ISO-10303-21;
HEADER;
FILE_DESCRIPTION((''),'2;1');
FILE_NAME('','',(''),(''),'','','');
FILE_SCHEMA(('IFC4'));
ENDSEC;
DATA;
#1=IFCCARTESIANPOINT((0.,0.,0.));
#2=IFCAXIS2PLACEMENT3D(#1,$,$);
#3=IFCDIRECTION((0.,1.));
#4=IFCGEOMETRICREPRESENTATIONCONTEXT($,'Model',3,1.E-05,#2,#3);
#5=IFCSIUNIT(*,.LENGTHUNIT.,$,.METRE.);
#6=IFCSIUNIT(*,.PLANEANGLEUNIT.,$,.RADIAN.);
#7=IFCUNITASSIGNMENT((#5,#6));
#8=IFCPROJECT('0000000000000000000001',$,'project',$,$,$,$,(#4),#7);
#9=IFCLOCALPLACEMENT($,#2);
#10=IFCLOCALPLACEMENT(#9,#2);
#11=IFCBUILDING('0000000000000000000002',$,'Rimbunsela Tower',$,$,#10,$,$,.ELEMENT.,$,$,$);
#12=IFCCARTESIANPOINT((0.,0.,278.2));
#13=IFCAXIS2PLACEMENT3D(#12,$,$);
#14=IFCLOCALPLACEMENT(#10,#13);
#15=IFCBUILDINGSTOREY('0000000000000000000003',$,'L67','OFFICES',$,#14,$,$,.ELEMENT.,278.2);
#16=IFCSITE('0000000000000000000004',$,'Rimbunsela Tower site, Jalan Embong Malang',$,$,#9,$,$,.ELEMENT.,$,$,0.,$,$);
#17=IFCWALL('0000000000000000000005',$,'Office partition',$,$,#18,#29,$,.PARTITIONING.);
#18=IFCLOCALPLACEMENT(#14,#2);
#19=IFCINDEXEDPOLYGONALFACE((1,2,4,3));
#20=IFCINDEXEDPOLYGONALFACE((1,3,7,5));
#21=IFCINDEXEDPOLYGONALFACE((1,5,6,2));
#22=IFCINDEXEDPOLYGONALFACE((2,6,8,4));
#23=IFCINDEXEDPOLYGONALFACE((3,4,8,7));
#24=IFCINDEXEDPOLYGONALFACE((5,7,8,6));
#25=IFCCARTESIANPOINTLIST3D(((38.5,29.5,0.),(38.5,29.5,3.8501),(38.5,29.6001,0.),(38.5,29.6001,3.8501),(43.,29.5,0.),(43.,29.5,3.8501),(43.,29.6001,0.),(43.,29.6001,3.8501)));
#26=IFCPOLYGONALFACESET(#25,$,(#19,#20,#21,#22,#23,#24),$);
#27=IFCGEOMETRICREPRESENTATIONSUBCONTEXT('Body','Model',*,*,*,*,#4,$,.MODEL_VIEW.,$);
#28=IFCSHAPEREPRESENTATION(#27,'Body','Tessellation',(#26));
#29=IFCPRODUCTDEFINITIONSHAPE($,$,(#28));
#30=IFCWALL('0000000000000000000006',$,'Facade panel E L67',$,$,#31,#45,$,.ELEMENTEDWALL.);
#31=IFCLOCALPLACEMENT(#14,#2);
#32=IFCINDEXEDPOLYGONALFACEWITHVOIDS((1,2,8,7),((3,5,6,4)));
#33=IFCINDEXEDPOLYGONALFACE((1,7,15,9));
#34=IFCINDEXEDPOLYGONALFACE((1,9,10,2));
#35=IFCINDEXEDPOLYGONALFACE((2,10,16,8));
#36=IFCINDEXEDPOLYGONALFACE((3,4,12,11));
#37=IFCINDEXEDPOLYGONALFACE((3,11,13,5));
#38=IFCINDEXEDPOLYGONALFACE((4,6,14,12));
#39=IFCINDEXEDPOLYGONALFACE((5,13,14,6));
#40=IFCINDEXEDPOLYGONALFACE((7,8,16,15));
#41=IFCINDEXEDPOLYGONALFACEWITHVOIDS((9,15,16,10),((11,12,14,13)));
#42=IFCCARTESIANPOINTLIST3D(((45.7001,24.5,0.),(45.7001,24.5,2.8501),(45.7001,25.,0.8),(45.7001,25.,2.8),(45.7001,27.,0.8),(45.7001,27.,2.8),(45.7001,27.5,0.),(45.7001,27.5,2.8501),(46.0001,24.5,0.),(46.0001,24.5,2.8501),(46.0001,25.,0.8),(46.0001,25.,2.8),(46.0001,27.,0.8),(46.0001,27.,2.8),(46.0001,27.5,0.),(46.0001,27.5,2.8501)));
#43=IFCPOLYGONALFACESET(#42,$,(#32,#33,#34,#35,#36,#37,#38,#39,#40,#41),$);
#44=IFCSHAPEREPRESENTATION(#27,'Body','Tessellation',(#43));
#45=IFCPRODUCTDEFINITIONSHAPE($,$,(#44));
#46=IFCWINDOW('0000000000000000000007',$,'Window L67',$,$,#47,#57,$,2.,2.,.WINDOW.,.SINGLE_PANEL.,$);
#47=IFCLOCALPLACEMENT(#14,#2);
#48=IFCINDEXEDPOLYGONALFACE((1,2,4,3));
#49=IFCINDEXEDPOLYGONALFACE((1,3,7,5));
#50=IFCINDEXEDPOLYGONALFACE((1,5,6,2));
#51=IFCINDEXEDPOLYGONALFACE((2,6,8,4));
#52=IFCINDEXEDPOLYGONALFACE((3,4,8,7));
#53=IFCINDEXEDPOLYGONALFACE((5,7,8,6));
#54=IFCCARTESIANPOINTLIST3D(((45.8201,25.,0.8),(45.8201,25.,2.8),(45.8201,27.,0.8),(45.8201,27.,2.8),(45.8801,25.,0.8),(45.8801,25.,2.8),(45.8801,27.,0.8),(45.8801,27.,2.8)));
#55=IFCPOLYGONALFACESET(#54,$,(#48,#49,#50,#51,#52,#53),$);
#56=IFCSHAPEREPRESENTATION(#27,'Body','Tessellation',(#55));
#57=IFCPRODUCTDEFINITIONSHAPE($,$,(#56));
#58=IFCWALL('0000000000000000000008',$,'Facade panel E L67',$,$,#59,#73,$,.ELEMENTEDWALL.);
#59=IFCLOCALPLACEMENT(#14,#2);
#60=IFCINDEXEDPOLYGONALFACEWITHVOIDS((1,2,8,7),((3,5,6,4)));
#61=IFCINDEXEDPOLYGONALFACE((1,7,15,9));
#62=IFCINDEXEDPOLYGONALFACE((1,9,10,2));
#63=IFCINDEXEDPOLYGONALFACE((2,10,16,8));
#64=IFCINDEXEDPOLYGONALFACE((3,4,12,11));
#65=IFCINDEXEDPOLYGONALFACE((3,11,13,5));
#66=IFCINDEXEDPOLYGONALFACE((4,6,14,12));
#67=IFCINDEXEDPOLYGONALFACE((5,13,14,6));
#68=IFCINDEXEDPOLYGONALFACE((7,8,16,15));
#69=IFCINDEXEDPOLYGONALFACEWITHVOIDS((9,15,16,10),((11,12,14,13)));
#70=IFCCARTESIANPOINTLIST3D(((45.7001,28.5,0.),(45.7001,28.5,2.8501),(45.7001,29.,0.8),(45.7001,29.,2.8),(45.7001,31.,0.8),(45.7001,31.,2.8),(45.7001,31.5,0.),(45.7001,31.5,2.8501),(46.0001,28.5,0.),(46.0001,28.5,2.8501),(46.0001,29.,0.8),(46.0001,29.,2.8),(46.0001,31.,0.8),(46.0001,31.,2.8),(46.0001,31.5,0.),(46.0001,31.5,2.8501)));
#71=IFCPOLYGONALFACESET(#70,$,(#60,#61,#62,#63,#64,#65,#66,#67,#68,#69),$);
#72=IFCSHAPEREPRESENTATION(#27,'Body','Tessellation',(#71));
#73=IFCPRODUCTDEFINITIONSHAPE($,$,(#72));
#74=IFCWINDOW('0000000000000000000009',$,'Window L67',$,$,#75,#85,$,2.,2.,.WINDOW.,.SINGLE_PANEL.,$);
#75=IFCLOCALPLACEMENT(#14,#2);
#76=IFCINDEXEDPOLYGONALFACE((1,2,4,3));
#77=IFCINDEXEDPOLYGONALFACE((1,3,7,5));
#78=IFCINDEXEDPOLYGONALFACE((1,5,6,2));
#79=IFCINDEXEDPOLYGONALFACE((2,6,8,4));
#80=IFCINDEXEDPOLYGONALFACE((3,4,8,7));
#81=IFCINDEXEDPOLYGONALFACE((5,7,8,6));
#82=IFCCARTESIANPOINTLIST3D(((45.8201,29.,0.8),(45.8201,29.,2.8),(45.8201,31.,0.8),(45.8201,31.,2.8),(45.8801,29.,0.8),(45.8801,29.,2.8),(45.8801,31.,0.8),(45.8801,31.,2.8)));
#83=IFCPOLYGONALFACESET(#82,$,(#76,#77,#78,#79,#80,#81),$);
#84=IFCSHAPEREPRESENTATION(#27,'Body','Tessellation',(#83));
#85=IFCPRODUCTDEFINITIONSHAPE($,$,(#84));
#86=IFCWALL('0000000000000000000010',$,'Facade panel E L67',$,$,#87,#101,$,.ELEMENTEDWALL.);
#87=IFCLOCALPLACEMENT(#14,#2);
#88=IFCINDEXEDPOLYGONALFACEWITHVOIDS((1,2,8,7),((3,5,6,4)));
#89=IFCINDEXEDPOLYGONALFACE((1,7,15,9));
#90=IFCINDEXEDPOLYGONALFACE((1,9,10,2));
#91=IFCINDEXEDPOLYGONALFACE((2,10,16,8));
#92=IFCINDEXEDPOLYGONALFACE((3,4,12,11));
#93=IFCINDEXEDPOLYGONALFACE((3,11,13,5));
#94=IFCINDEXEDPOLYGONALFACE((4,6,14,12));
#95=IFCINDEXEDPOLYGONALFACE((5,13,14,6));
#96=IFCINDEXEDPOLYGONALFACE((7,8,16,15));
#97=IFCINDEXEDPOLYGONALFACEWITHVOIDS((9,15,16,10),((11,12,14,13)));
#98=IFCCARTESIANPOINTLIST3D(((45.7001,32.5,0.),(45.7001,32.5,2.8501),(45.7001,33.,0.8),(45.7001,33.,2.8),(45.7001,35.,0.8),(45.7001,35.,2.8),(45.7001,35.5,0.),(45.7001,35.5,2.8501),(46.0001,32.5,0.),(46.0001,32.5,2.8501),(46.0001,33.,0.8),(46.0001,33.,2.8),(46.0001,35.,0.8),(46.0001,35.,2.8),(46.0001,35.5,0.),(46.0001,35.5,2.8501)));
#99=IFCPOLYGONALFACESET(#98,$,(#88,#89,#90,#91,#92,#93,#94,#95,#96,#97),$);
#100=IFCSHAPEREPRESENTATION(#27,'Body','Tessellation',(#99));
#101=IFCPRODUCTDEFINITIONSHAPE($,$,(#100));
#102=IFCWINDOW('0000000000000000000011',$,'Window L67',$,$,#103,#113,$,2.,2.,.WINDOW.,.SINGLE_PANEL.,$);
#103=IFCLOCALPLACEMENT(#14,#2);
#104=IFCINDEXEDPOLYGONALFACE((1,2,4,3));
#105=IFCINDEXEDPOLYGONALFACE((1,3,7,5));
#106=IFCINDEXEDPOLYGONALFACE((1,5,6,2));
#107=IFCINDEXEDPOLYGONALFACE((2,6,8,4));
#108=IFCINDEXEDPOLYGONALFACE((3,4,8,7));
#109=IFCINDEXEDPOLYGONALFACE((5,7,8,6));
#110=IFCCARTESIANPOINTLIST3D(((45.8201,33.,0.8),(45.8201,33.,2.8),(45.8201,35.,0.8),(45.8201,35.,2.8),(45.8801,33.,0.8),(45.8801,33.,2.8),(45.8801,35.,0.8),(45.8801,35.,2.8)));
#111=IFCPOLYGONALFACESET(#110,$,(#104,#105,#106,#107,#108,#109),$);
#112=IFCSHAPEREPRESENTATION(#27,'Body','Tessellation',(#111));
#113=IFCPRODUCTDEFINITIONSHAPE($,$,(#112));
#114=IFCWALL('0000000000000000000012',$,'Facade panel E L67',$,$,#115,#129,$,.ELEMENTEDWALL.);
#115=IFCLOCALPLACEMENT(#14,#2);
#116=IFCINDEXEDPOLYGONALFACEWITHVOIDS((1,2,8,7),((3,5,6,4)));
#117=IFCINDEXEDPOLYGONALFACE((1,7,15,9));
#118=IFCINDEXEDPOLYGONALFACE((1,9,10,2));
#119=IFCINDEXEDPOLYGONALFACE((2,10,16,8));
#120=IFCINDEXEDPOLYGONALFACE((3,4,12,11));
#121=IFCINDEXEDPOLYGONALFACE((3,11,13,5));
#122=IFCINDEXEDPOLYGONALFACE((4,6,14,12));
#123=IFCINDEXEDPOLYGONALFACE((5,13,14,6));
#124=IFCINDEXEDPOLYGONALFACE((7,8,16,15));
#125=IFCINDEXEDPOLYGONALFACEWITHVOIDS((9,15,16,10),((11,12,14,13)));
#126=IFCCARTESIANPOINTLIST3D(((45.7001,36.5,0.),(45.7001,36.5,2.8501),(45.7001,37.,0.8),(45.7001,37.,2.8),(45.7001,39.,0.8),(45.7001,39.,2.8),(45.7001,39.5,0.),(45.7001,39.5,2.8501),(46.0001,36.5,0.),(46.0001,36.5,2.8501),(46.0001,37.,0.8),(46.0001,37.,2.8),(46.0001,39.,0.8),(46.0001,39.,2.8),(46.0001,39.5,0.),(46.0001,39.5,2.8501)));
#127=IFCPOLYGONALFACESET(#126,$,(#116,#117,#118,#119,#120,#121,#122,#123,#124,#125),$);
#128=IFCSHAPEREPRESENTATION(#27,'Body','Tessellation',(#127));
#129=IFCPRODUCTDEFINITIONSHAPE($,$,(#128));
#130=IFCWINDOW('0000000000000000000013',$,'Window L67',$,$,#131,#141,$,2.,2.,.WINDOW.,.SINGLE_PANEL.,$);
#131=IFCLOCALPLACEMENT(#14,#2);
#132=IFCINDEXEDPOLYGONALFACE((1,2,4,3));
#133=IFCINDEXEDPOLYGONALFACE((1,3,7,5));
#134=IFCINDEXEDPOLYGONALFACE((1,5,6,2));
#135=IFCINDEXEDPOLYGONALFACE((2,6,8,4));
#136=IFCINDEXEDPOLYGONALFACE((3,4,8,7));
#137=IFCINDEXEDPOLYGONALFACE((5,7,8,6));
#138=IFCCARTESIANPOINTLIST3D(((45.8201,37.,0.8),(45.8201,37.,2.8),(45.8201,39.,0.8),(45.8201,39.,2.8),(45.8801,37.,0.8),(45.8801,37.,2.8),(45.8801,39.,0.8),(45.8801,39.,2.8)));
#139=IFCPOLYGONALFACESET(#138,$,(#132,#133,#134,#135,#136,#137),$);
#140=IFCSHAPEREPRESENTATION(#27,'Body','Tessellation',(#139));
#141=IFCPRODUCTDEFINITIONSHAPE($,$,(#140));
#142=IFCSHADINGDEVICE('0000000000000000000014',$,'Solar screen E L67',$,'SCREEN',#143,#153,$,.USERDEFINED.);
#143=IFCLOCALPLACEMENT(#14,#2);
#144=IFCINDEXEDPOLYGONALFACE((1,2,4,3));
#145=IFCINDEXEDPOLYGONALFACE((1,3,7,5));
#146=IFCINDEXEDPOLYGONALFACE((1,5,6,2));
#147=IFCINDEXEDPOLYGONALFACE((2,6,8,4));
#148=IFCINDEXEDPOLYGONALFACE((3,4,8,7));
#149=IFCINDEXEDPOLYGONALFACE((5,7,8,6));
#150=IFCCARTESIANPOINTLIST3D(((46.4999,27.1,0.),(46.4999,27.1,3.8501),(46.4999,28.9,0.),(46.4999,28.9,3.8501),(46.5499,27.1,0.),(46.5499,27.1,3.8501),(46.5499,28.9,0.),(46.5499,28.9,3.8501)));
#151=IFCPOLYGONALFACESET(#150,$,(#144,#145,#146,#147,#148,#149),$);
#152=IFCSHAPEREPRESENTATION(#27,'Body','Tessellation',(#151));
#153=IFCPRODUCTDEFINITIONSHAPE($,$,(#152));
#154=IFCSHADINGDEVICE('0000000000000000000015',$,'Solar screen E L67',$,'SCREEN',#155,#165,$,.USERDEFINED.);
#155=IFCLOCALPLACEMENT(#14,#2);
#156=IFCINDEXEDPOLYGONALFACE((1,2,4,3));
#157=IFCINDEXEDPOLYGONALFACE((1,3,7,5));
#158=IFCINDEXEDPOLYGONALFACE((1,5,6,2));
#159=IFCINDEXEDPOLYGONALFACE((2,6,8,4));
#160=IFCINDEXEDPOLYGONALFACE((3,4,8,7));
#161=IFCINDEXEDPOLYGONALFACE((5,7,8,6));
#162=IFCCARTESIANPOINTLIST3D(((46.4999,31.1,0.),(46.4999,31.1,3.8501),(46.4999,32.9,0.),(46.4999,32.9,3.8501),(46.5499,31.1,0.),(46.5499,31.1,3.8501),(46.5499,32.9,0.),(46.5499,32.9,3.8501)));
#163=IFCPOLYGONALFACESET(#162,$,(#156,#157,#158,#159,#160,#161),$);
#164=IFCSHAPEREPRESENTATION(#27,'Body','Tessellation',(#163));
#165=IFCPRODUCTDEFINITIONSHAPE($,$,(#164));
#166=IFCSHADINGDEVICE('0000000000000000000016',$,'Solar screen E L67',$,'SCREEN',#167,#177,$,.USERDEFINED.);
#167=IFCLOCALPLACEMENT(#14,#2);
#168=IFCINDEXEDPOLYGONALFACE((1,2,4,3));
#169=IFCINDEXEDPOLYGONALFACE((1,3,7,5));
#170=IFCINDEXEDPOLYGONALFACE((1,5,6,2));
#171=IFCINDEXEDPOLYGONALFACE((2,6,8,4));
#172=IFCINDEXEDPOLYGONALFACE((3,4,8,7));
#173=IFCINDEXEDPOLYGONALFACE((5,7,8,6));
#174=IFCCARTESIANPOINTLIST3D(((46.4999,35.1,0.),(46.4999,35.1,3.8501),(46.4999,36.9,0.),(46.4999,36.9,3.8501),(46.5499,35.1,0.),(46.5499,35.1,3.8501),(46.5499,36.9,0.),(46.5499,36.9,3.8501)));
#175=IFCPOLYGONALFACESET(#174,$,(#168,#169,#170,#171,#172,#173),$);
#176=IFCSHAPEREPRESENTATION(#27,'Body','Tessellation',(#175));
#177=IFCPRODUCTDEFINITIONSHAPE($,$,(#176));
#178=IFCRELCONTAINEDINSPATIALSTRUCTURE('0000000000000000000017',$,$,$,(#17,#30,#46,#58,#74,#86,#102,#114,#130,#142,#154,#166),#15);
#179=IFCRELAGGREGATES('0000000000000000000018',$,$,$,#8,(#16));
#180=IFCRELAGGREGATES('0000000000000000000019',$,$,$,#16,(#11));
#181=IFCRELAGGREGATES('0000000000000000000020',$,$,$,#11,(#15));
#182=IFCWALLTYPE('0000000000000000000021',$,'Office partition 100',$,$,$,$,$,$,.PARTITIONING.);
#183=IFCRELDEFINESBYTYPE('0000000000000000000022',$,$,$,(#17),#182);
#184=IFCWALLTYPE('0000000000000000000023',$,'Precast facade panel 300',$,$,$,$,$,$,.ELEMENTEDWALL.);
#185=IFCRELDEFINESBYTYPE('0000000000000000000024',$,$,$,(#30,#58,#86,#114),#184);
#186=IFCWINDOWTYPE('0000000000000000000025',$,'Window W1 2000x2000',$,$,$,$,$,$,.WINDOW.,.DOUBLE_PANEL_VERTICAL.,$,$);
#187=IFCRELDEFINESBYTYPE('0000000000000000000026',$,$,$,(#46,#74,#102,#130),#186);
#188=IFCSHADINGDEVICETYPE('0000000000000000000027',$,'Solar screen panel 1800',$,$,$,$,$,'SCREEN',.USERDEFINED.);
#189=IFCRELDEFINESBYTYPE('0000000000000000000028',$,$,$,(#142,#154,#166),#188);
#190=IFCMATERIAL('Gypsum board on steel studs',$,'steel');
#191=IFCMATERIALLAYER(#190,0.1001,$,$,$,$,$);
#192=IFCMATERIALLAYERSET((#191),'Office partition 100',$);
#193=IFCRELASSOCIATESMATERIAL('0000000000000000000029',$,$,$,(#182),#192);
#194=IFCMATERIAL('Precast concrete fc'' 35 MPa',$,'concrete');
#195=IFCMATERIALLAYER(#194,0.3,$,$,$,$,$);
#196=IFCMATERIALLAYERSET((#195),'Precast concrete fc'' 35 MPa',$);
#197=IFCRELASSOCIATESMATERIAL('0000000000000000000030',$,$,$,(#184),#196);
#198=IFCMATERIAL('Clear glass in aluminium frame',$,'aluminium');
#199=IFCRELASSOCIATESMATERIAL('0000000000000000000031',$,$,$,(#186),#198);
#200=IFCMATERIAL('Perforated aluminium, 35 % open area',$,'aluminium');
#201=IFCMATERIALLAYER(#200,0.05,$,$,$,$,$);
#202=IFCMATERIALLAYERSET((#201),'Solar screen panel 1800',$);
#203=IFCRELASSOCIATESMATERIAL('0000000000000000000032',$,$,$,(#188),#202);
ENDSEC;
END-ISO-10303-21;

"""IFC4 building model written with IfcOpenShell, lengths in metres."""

from ifc_helpers import new_model, si_unit, direction, frame, frame_2d, origin, origin_2d, place, context, subcontext, project, spatial, rectangle, extrude, material, layer, layer_set, type_object, element, fill, save


model = new_model("IFC4")

# Units and contexts
model_context = context("Model", 3, precision=1e-05, world=origin(), true_north=direction((0.0, 1.0)))
body_context = subcontext(model_context, "Body", "Model", "MODEL_VIEW")
ifc_project = project(units=[si_unit("LENGTHUNIT", "METRE"), si_unit("PLANEANGLEUNIT", "RADIAN")], contexts=[model_context])

# Site, building, storey
site_placement = place(None, origin())
site = spatial("IfcSite", under=ifc_project, at=site_placement, Name="Rimbunsela Tower site, Jalan Embong Malang", CompositionType="ELEMENT", RefElevation=0.0)
building_placement = place(site_placement, origin())
building = spatial("IfcBuilding", under=site, at=building_placement, Name="Rimbunsela Tower", CompositionType="ELEMENT")
storey_placement = place(building_placement, frame((0.0, 0.0, 278.2)))
storey = spatial("IfcBuildingStorey", under=building, at=storey_placement, Name="L67", Description="OFFICES", CompositionType="ELEMENT", Elevation=278.2)

# Shared definitions
ifc_material_1 = material(Name="Gypsum board on steel studs", Category="steel")
ifc_layer_1 = layer(ifc_material_1, 0.1001)
ifc_layer_set_1 = layer_set([ifc_layer_1], Name="Office partition 100")
wall_type_1 = type_object("IfcWallType", Name="Office partition 100", PredefinedType="PARTITIONING", material=ifc_layer_set_1)

# Wall
wall_1_placement = place(storey_placement, frame((43.0, 29.55, 0.0), z_axis=(0.0, 0.0, 1.0), x_axis=(-1.0, 0.0, 0.0)))
element("IfcWall", 1, at=wall_1_placement, inside=storey, type_object=wall_type_1, Name="Office partition", PredefinedType="PARTITIONING", context=body_context, shape_type="SweptSolid", body=[
    extrude(rectangle(XDim=4.5, YDim=0.1001, at=frame_2d((2.25, 0.0))), origin(), (0.0, 0.0, 1.0), 3.8501),
])

# Walls, openings, windows
ifc_material_2 = material(Name="Precast concrete fc' 35 MPa", Category="concrete")
ifc_layer_2 = layer(ifc_material_2, 0.3)
ifc_layer_set_2 = layer_set([ifc_layer_2], Name="Precast concrete fc' 35 MPa")
wall_type_2 = type_object("IfcWallType", Name="Precast facade panel 300", PredefinedType="ELEMENTEDWALL", material=ifc_layer_set_2)
wall_2_placement = place(storey_placement, frame((45.8501, 24.5, 0.0), z_axis=(0.0, 0.0, 1.0), x_axis=(0.0, 1.0, 0.0)))
wall_2 = element("IfcWall", 2, at=wall_2_placement, inside=storey, type_object=wall_type_2, Name="Facade panel E L67", PredefinedType="ELEMENTEDWALL", context=body_context, shape_type="SweptSolid", body=[
    extrude(rectangle(XDim=3.0, YDim=0.3, at=frame_2d((1.5, 0.0))), origin(), (0.0, 0.0, 1.0), 2.8501),
])
opening_1_placement = place(wall_2_placement, frame((0.5, 0.0, 0.8)))
opening_1 = element("IfcOpeningElement", 3, at=opening_1_placement, cuts=wall_2, PredefinedType="OPENING", context=body_context, shape_type="SweptSolid", body=[
    extrude(rectangle(XDim=2.0, YDim=2.0, at=frame_2d((1.0, 1.0))), frame((0.0, 0.1599, 0.0), z_axis=(0.0, -1.0, 0.0), x_axis=(1.0, 0.0, 0.0)), (0.0, 0.0, 1.0), 0.3201),
])
ifc_material_3 = material(Name="Clear glass in aluminium frame", Category="aluminium")
window_type = type_object("IfcWindowType", Name="Window W1 2000x2000", PartitioningType="DOUBLE_PANEL_VERTICAL", PredefinedType="WINDOW", material=ifc_material_3)
window_1_placement = place(opening_1_placement, origin())
window_1 = element("IfcWindow", 4, at=window_1_placement, inside=storey, type_object=window_type, Name="Window L67", OverallHeight=2.0, OverallWidth=2.0, PartitioningType="SINGLE_PANEL", PredefinedType="WINDOW", context=body_context, shape_type="SweptSolid", body=[
    extrude(rectangle(XDim=2.0, YDim=2.0, at=frame_2d((1.0, 1.0))), frame((0.0, 0.03, 0.0), z_axis=(0.0, -1.0, 0.0), x_axis=(1.0, 0.0, 0.0)), (0.0, 0.0, 1.0), 0.0601),
])
fill(opening_1, window_1)
wall_3_placement = place(storey_placement, frame((45.8501, 28.5, 0.0), z_axis=(0.0, 0.0, 1.0), x_axis=(0.0, 1.0, 0.0)))
wall_3 = element("IfcWall", 5, at=wall_3_placement, inside=storey, type_object=wall_type_2, Name="Facade panel E L67", PredefinedType="ELEMENTEDWALL", context=body_context, shape_type="SweptSolid", body=[
    extrude(rectangle(XDim=3.0, YDim=0.3, at=frame_2d((1.5, 0.0))), origin(), (0.0, 0.0, 1.0), 2.8501),
])
opening_2_placement = place(wall_3_placement, frame((0.5, 0.0, 0.8)))
opening_2 = element("IfcOpeningElement", 6, at=opening_2_placement, cuts=wall_3, PredefinedType="OPENING", context=body_context, shape_type="SweptSolid", body=[
    extrude(rectangle(XDim=2.0, YDim=2.0, at=frame_2d((1.0, 1.0))), frame((0.0, 0.1599, 0.0), z_axis=(0.0, -1.0, 0.0), x_axis=(1.0, 0.0, 0.0)), (0.0, 0.0, 1.0), 0.3201),
])
window_2_placement = place(opening_2_placement, origin())
window_2 = element("IfcWindow", 7, at=window_2_placement, inside=storey, type_object=window_type, Name="Window L67", OverallHeight=2.0, OverallWidth=2.0, PartitioningType="SINGLE_PANEL", PredefinedType="WINDOW", context=body_context, shape_type="SweptSolid", body=[
    extrude(rectangle(XDim=2.0, YDim=2.0, at=frame_2d((1.0, 1.0))), frame((0.0, 0.03, 0.0), z_axis=(0.0, -1.0, 0.0), x_axis=(1.0, 0.0, 0.0)), (0.0, 0.0, 1.0), 0.0601),
])
fill(opening_2, window_2)
wall_4_placement = place(storey_placement, frame((45.8501, 32.5, 0.0), z_axis=(0.0, 0.0, 1.0), x_axis=(0.0, 1.0, 0.0)))
wall_4 = element("IfcWall", 8, at=wall_4_placement, inside=storey, type_object=wall_type_2, Name="Facade panel E L67", PredefinedType="ELEMENTEDWALL", context=body_context, shape_type="SweptSolid", body=[
    extrude(rectangle(XDim=3.0, YDim=0.3, at=frame_2d((1.5, 0.0))), origin(), (0.0, 0.0, 1.0), 2.8501),
])
opening_3_placement = place(wall_4_placement, frame((0.5, 0.0, 0.8)))
opening_3 = element("IfcOpeningElement", 9, at=opening_3_placement, cuts=wall_4, PredefinedType="OPENING", context=body_context, shape_type="SweptSolid", body=[
    extrude(rectangle(XDim=2.0, YDim=2.0, at=frame_2d((1.0, 1.0))), frame((0.0, 0.1599, 0.0), z_axis=(0.0, -1.0, 0.0), x_axis=(1.0, 0.0, 0.0)), (0.0, 0.0, 1.0), 0.3201),
])
window_3_placement = place(opening_3_placement, origin())
window_3 = element("IfcWindow", 10, at=window_3_placement, inside=storey, type_object=window_type, Name="Window L67", OverallHeight=2.0, OverallWidth=2.0, PartitioningType="SINGLE_PANEL", PredefinedType="WINDOW", context=body_context, shape_type="SweptSolid", body=[
    extrude(rectangle(XDim=2.0, YDim=2.0, at=frame_2d((1.0, 1.0))), frame((0.0, 0.03, 0.0), z_axis=(0.0, -1.0, 0.0), x_axis=(1.0, 0.0, 0.0)), (0.0, 0.0, 1.0), 0.0601),
])
fill(opening_3, window_3)
wall_5_placement = place(storey_placement, frame((45.8501, 36.5, 0.0), z_axis=(0.0, 0.0, 1.0), x_axis=(0.0, 1.0, 0.0)))
wall_5 = element("IfcWall", 11, at=wall_5_placement, inside=storey, type_object=wall_type_2, Name="Facade panel E L67", PredefinedType="ELEMENTEDWALL", context=body_context, shape_type="SweptSolid", body=[
    extrude(rectangle(XDim=3.0, YDim=0.3, at=frame_2d((1.5, 0.0))), origin(), (0.0, 0.0, 1.0), 2.8501),
])
opening_4_placement = place(wall_5_placement, frame((0.5, 0.0, 0.8)))
opening_4 = element("IfcOpeningElement", 12, at=opening_4_placement, cuts=wall_5, PredefinedType="OPENING", context=body_context, shape_type="SweptSolid", body=[
    extrude(rectangle(XDim=2.0, YDim=2.0, at=frame_2d((1.0, 1.0))), frame((0.0, 0.1599, 0.0), z_axis=(0.0, -1.0, 0.0), x_axis=(1.0, 0.0, 0.0)), (0.0, 0.0, 1.0), 0.3201),
])
window_4_placement = place(opening_4_placement, origin())
window_4 = element("IfcWindow", 13, at=window_4_placement, inside=storey, type_object=window_type, Name="Window L67", OverallHeight=2.0, OverallWidth=2.0, PartitioningType="SINGLE_PANEL", PredefinedType="WINDOW", context=body_context, shape_type="SweptSolid", body=[
    extrude(rectangle(XDim=2.0, YDim=2.0, at=frame_2d((1.0, 1.0))), frame((0.0, 0.03, 0.0), z_axis=(0.0, -1.0, 0.0), x_axis=(1.0, 0.0, 0.0)), (0.0, 0.0, 1.0), 0.0601),
])
fill(opening_4, window_4)

# Shading devices
ifc_material_4 = material(Name="Perforated aluminium, 35 % open area", Category="aluminium")
ifc_layer_3 = layer(ifc_material_4, 0.05)
ifc_layer_set_3 = layer_set([ifc_layer_3], Name="Solar screen panel 1800")
shading_device_type = type_object("IfcShadingDeviceType", Name="Solar screen panel 1800", ElementType="SCREEN", PredefinedType="USERDEFINED", material=ifc_layer_set_3)
for number, where, z_axis, x_axis, name in (
    (14, (46.5249, 28.0, 0.0), (0.0, 0.0, 1.0), (0.0, 1.0, 0.0), "Solar screen E L67"),
    (15, (46.5249, 32.0, 0.0), (0.0, 0.0, 1.0), (0.0, 1.0, 0.0), "Solar screen E L67"),
    (16, (46.5249, 36.0, 0.0), (0.0, 0.0, 1.0), (0.0, 1.0, 0.0), "Solar screen E L67"),
):
    element("IfcShadingDevice", number, at=place(storey_placement, frame(where, z_axis=z_axis, x_axis=x_axis)), inside=storey, type_object=shading_device_type, Name=name, ObjectType="SCREEN", PredefinedType="USERDEFINED", context=body_context, shape_type="SweptSolid", body=[
        extrude(rectangle(XDim=1.8, YDim=0.05, at=origin_2d()), origin(), (0.0, 0.0, 1.0), 3.8501),
    ])

save(model, "model.ifc")
